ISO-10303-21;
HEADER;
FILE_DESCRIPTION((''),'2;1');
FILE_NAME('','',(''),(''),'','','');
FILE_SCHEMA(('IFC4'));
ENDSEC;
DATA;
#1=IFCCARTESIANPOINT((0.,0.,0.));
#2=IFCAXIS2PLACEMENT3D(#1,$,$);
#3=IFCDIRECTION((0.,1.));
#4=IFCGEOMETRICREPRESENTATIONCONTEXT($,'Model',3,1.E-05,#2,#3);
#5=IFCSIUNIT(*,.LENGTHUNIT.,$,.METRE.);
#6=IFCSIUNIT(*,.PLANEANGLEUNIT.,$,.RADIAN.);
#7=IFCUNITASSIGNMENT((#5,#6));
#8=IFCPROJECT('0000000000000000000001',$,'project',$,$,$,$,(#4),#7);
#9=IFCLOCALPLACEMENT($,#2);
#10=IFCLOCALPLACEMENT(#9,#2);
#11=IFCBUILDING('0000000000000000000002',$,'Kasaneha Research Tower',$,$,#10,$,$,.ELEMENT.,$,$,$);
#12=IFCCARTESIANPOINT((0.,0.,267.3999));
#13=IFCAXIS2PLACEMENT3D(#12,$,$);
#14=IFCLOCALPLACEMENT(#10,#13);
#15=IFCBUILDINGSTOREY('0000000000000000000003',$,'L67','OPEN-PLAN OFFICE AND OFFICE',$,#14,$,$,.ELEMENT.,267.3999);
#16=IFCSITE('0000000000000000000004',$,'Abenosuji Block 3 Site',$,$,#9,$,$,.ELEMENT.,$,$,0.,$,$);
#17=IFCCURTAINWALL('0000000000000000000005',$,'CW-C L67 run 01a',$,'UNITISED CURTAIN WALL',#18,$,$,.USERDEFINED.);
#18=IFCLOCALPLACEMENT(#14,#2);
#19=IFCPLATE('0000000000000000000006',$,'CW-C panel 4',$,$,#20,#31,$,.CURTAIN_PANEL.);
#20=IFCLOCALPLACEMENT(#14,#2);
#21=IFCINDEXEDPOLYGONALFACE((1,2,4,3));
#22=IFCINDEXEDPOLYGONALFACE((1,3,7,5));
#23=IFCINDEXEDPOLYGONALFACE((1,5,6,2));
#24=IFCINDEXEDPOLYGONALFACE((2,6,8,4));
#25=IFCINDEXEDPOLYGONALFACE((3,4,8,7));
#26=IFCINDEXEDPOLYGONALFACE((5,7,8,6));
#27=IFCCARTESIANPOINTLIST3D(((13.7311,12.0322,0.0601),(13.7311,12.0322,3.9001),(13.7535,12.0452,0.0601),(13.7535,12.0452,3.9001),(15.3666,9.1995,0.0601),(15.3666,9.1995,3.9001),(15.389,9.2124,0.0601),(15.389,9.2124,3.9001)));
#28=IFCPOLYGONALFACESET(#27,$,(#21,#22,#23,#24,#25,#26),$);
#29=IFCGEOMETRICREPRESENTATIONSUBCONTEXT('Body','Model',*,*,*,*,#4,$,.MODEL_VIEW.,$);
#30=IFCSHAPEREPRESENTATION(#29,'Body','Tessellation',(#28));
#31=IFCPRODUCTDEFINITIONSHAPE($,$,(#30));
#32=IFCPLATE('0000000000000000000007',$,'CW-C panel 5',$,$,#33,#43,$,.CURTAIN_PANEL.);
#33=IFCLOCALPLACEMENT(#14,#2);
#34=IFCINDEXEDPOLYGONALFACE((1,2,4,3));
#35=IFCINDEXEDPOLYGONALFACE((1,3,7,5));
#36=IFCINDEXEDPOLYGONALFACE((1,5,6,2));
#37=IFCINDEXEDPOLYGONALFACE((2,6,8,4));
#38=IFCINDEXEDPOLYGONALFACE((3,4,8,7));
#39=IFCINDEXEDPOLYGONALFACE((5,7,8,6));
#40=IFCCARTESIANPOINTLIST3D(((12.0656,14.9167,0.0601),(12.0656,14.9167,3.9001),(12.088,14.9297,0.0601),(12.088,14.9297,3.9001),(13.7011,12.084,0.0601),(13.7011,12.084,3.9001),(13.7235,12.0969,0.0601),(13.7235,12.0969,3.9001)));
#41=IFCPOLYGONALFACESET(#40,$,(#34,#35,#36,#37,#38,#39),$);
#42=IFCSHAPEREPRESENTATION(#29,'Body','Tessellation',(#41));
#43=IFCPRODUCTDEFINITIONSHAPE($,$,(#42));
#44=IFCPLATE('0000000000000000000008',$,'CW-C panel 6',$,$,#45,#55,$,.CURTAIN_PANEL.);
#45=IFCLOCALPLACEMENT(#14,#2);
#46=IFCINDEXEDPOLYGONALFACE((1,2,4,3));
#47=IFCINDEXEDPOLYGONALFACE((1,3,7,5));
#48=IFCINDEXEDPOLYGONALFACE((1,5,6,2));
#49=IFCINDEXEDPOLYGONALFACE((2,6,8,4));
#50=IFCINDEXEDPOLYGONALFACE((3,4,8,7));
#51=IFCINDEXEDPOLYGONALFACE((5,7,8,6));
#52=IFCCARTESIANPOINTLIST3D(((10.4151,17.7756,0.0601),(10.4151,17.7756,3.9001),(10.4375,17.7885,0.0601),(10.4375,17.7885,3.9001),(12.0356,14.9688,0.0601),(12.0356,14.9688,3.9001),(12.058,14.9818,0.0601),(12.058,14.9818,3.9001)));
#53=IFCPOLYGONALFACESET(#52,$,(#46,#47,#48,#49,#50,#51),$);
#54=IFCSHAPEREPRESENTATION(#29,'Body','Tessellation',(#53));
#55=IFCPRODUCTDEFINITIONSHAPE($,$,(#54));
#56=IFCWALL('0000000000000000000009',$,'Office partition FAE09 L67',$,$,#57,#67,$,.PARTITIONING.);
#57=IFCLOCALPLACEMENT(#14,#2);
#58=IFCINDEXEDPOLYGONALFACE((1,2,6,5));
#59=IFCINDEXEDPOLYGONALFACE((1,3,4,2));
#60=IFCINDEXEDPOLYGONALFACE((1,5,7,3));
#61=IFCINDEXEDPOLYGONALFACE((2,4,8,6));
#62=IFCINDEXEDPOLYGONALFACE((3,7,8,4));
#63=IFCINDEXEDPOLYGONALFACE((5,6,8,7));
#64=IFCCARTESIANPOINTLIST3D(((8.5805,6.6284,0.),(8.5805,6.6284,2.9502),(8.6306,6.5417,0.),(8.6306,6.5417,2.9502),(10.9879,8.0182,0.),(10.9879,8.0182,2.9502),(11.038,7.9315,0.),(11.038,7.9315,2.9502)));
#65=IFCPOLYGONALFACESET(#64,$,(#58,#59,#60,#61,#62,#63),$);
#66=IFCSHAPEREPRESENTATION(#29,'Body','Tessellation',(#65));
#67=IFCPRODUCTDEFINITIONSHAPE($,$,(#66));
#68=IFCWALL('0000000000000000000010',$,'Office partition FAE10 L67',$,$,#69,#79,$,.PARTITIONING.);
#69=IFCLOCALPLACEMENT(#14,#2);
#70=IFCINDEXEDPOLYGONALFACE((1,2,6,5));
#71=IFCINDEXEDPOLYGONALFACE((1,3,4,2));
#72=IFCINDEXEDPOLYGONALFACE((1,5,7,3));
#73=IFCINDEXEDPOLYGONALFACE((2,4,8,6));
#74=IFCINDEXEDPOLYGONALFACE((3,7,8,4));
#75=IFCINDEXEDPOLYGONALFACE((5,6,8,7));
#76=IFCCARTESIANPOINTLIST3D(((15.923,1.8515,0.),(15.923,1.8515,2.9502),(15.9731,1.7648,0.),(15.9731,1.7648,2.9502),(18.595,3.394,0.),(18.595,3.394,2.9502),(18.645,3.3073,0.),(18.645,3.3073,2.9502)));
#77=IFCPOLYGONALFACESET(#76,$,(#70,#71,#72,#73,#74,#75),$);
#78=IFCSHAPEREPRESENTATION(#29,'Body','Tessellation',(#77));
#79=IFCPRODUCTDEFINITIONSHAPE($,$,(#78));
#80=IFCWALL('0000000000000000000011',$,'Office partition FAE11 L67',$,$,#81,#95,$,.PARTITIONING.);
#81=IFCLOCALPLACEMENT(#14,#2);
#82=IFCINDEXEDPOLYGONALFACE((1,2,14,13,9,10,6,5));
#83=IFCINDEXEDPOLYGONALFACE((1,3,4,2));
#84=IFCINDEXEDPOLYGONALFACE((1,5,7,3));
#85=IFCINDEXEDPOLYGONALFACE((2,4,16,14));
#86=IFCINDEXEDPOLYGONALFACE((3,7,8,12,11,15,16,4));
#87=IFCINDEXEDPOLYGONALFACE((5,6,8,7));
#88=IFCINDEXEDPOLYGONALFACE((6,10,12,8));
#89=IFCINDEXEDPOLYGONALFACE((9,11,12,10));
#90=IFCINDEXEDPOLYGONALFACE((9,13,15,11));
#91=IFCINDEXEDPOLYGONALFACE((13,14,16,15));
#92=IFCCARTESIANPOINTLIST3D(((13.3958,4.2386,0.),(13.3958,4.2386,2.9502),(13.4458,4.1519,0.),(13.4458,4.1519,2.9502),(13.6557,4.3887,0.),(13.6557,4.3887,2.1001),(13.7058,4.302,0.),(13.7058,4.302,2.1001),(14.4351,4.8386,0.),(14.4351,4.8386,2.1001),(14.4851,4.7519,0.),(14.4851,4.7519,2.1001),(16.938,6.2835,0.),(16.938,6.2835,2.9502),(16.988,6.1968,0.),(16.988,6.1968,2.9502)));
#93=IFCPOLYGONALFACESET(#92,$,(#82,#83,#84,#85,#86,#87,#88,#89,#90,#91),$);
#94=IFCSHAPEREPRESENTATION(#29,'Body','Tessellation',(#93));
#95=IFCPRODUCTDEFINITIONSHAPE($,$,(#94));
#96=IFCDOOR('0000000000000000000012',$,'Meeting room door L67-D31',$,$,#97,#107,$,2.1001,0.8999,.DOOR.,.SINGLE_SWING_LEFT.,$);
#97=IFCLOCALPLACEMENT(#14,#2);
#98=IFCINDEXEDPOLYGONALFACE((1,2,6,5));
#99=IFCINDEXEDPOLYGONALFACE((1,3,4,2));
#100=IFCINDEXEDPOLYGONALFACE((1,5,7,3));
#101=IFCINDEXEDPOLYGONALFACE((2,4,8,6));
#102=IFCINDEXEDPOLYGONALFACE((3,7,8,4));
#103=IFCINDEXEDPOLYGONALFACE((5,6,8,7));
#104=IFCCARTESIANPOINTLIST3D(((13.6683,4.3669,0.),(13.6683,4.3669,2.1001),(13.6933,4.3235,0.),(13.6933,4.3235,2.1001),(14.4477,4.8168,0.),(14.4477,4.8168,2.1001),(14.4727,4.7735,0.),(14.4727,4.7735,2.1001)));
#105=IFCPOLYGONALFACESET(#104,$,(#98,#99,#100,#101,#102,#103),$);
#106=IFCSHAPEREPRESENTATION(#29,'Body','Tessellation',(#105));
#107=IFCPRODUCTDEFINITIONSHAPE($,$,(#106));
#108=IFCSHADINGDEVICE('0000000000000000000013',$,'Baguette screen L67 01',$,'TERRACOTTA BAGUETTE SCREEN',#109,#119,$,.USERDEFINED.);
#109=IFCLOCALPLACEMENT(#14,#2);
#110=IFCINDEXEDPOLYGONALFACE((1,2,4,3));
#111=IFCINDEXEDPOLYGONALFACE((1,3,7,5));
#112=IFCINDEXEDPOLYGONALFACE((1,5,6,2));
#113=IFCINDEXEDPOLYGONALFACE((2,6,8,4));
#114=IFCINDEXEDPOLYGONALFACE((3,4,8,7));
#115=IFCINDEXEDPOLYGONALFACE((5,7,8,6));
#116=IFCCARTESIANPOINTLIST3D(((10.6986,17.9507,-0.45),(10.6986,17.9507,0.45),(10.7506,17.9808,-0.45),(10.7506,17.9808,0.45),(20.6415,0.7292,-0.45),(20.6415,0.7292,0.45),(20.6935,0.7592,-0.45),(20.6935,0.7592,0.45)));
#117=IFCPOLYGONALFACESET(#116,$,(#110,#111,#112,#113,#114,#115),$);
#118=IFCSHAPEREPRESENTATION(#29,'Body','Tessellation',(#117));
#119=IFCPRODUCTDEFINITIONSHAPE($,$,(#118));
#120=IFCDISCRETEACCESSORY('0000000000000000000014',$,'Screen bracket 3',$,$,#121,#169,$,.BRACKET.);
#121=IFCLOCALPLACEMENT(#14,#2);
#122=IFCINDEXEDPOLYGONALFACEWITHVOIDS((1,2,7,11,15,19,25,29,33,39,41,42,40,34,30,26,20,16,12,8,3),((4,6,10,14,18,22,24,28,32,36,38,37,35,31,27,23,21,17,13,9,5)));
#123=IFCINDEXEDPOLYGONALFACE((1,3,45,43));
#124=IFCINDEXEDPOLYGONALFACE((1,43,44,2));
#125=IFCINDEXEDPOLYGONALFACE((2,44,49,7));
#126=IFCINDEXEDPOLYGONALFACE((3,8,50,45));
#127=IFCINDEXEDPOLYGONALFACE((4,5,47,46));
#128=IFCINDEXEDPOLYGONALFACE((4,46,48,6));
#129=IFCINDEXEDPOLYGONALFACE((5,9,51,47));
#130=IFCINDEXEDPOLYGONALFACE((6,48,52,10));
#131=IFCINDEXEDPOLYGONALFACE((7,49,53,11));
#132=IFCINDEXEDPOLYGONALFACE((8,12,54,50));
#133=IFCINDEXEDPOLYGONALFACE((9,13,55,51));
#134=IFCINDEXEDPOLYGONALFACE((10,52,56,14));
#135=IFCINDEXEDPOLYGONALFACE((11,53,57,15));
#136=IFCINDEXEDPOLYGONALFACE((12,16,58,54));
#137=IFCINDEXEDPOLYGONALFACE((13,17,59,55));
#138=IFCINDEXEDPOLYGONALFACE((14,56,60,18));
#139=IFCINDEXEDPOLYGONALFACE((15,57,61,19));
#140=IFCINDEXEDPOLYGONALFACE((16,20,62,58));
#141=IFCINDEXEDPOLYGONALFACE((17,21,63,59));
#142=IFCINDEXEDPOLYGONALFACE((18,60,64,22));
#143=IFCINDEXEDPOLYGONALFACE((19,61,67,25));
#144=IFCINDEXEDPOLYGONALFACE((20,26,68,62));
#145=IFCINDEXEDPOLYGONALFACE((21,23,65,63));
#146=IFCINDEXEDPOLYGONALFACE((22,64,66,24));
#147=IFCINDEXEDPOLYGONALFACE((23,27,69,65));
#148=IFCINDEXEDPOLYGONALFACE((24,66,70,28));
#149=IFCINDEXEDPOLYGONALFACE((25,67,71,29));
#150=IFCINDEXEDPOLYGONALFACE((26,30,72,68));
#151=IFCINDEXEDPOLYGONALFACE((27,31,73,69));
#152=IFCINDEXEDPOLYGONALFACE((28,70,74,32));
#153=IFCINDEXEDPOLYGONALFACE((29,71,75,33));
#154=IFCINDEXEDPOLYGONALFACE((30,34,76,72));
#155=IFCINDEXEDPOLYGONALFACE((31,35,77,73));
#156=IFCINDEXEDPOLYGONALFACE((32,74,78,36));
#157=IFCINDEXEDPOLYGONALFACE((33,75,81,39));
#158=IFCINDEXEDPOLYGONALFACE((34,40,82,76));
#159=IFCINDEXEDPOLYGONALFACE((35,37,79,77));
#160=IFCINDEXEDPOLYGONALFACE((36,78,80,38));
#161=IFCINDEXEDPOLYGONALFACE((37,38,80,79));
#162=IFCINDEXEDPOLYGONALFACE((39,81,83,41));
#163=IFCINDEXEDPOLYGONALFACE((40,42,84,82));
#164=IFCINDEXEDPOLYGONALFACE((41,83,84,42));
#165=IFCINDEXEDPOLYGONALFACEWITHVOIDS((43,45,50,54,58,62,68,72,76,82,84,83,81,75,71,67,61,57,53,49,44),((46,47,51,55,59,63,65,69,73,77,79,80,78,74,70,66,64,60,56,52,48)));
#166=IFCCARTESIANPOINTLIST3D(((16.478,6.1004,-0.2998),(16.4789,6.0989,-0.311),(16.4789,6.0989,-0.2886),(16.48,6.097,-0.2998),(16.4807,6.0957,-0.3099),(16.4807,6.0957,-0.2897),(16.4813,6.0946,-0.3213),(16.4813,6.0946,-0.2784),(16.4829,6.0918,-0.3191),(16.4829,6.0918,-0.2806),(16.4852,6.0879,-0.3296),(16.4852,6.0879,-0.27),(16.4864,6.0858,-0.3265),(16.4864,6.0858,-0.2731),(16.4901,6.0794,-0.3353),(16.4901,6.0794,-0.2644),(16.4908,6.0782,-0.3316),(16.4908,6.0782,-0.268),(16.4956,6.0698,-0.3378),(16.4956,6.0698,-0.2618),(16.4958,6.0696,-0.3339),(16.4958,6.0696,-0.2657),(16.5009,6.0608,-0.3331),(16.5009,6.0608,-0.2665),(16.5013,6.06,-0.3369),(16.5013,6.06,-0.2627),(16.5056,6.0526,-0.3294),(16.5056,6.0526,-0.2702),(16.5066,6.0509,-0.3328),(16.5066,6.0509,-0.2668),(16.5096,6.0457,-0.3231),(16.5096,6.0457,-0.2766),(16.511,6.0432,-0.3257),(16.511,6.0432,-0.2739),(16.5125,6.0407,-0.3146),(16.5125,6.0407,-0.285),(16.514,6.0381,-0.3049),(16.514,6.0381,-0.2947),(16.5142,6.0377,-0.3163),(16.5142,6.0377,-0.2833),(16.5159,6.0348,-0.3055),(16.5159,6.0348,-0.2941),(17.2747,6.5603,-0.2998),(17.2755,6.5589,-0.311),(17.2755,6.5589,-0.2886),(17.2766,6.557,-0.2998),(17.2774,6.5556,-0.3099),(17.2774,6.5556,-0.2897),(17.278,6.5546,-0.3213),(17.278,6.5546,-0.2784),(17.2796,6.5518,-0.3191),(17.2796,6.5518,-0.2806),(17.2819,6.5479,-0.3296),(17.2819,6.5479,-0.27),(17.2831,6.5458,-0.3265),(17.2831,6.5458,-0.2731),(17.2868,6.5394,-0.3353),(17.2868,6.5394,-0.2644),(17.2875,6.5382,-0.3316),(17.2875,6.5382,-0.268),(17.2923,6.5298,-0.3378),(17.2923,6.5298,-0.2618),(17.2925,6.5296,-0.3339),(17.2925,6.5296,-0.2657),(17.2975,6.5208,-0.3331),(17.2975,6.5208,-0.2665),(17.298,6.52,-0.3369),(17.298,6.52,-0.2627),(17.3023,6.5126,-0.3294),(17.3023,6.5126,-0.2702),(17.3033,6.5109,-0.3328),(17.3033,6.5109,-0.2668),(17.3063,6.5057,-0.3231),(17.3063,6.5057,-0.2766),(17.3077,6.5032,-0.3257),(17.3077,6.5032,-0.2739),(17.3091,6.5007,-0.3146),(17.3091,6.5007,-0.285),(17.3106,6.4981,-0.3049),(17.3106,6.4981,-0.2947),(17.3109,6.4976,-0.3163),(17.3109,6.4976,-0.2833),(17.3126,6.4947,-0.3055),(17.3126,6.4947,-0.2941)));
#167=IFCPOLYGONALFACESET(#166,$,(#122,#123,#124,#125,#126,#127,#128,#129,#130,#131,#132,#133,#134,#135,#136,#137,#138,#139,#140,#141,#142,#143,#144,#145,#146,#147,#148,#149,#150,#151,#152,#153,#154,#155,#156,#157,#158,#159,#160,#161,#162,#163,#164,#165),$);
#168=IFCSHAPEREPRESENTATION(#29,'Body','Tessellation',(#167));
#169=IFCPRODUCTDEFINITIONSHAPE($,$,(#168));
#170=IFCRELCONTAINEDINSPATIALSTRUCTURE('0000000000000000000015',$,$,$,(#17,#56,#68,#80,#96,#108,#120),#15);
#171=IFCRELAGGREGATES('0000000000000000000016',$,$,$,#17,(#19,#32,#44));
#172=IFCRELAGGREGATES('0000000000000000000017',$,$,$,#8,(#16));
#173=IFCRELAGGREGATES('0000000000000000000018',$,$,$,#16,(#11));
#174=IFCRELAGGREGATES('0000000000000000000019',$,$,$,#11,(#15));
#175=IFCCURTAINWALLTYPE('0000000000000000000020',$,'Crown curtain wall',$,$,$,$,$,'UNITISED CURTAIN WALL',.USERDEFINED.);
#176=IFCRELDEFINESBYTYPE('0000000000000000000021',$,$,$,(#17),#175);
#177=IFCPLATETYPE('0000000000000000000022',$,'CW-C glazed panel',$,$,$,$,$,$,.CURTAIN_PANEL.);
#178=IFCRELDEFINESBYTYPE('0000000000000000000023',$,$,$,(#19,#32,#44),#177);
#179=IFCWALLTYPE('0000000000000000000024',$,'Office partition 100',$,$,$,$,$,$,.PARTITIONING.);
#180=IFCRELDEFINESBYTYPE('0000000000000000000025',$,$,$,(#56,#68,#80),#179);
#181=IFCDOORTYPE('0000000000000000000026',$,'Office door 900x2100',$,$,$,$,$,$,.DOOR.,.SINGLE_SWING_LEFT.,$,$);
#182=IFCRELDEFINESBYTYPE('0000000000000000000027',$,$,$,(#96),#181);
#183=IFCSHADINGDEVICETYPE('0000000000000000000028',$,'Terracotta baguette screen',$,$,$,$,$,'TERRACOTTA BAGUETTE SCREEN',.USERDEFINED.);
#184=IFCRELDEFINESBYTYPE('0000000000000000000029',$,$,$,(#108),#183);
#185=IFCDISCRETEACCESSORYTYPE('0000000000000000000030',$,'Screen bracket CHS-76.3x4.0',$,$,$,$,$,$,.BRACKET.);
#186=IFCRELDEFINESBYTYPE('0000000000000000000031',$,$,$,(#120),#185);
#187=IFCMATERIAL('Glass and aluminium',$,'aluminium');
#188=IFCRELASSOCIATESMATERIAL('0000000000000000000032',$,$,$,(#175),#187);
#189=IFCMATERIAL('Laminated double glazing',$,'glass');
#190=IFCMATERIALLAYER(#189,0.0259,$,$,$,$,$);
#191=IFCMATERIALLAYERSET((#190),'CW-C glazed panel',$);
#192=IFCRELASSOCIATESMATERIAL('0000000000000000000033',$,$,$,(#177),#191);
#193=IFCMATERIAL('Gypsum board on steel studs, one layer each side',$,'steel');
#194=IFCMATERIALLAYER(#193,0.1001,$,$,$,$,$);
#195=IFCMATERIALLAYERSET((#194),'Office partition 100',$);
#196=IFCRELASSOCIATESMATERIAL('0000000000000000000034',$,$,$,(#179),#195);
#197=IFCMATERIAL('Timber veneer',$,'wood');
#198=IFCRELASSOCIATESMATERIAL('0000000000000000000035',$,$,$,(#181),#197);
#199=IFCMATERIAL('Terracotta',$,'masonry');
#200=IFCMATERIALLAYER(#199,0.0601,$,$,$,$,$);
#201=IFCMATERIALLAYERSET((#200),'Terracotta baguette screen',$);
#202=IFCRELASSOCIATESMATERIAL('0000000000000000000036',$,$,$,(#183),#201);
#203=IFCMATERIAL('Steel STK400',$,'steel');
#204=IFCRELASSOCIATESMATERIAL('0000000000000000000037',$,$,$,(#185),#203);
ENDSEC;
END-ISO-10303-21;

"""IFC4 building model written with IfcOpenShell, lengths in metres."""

from ifc_helpers import new_model, si_unit, direction, frame, frame_2d, origin, origin_2d, place, context, subcontext, project, spatial, rectangle, hollow_circle, extrude, material, layer, layer_set, material_profile, profile_set, type_object, element, fill, aggregate, save


model = new_model("IFC4")

# Units and contexts
model_context = context("Model", 3, precision=1e-05, world=origin(), true_north=direction((0.0, 1.0)))
body_context = subcontext(model_context, "Body", "Model", "MODEL_VIEW")
ifc_project = project(units=[si_unit("LENGTHUNIT", "METRE"), si_unit("PLANEANGLEUNIT", "RADIAN")], contexts=[model_context])

# Site, building, storey
site_placement = place(None, origin())
site = spatial("IfcSite", under=ifc_project, at=site_placement, Name="Abenosuji Block 3 Site", CompositionType="ELEMENT", RefElevation=0.0)
building_placement = place(site_placement, origin())
building = spatial("IfcBuilding", under=site, at=building_placement, Name="Kasaneha Research Tower", CompositionType="ELEMENT")
storey_placement = place(building_placement, frame((0.0, 0.0, 267.3999)))
storey = spatial("IfcBuildingStorey", under=building, at=storey_placement, Name="L67", Description="OPEN-PLAN OFFICE AND OFFICE", CompositionType="ELEMENT", Elevation=267.3999)

# Curtain wall, plates
ifc_material_1 = material(Name="Glass and aluminium", Category="aluminium")
curtain_wall_type = type_object("IfcCurtainWallType", Name="Crown curtain wall", ElementType="UNITISED CURTAIN WALL", PredefinedType="USERDEFINED", material=ifc_material_1)
curtain_wall_placement = place(storey_placement, origin())
curtain_wall = element("IfcCurtainWall", 1, at=curtain_wall_placement, inside=storey, type_object=curtain_wall_type, Name="CW-C L67 run 01a", ObjectType="UNITISED CURTAIN WALL", PredefinedType="USERDEFINED")
ifc_material_2 = material(Name="Laminated double glazing", Category="glass")
ifc_layer_1 = layer(ifc_material_2, 0.0259)
ifc_layer_set_1 = layer_set([ifc_layer_1], Name="CW-C glazed panel")
plate_type = type_object("IfcPlateType", Name="CW-C glazed panel", PredefinedType="CURTAIN_PANEL", material=ifc_layer_set_1)
plate_1_placement = place(storey_placement, frame((14.5601, 10.6223, 0.0601), z_axis=(0.0, 0.0, 1.0), x_axis=(-0.5, 0.866025, 0.0)))
plate_1 = element("IfcPlate", 2, at=plate_1_placement, type_object=plate_type, Name="CW-C panel 4", PredefinedType="CURTAIN_PANEL", context=body_context, shape_type="SweptSolid", body=[
    extrude(rectangle(XDim=3.271, YDim=0.0259, at=origin_2d()), origin(), (0.0, 0.0, 1.0), 3.8401),
])
plate_2_placement = place(storey_placement, frame((12.8945, 13.5068, 0.0601), z_axis=(0.0, 0.0, 1.0), x_axis=(-0.5, 0.866025, 0.0)))
plate_2 = element("IfcPlate", 3, at=plate_2_placement, type_object=plate_type, Name="CW-C panel 5", PredefinedType="CURTAIN_PANEL", context=body_context, shape_type="SweptSolid", body=[
    extrude(rectangle(XDim=3.271, YDim=0.0259, at=origin_2d()), origin(), (0.0, 0.0, 1.0), 3.8401),
])
plate_3_placement = place(storey_placement, frame((11.2366, 16.3787, 0.0601), z_axis=(0.0, 0.0, 1.0), x_axis=(-0.5, 0.866025, 0.0)))
plate_3 = element("IfcPlate", 4, at=plate_3_placement, type_object=plate_type, Name="CW-C panel 6", PredefinedType="CURTAIN_PANEL", context=body_context, shape_type="SweptSolid", body=[
    extrude(rectangle(XDim=3.241, YDim=0.0259, at=origin_2d()), origin(), (0.0, 0.0, 1.0), 3.8401),
])
aggregate(curtain_wall, [plate_1, plate_2, plate_3])

# Walls
ifc_material_3 = material(Name="Gypsum board on steel studs, one layer each side", Category="steel")
ifc_layer_2 = layer(ifc_material_3, 0.1001)
ifc_layer_set_2 = layer_set([ifc_layer_2], Name="Office partition 100")
wall_type = type_object("IfcWallType", Name="Office partition 100", PredefinedType="PARTITIONING", material=ifc_layer_set_2)
wall_1_placement = place(storey_placement, frame((11.0129, 7.9749, 0.0), z_axis=(0.0, 0.0, 1.0), x_axis=(-0.866035, -0.499983, 0.0)))
element("IfcWall", 5, at=wall_1_placement, inside=storey, type_object=wall_type, Name="Office partition FAE09 L67", PredefinedType="PARTITIONING", context=body_context, shape_type="SweptSolid", body=[
    extrude(rectangle(XDim=2.7798, YDim=0.1001, at=frame_2d((1.3899, 0.0))), origin(), (0.0, 0.0, 1.0), 2.9502),
])
wall_2_placement = place(storey_placement, frame((18.6199, 3.3506, 0.0), z_axis=(0.0, 0.0, 1.0), x_axis=(-0.866043, -0.499969, 0.0)))
element("IfcWall", 6, at=wall_2_placement, inside=storey, type_object=wall_type, Name="Office partition FAE10 L67", PredefinedType="PARTITIONING", context=body_context, shape_type="SweptSolid", body=[
    extrude(rectangle(XDim=3.0852, YDim=0.1001, at=frame_2d((1.5425, 0.0))), origin(), (0.0, 0.0, 1.0), 2.9502),
])

# Wall, opening, door
wall_3_placement = place(storey_placement, frame((13.4209, 4.1953, 0.0), z_axis=(0.0, 0.0, 1.0), x_axis=(0.866045, 0.499965, 0.0)))
wall_3 = element("IfcWall", 7, at=wall_3_placement, inside=storey, type_object=wall_type, Name="Office partition FAE11 L67", PredefinedType="PARTITIONING", context=body_context, shape_type="SweptSolid", body=[
    extrude(rectangle(XDim=4.0901, YDim=0.1001, at=frame_2d((2.0449, 0.0))), origin(), (0.0, 0.0, 1.0), 2.9502),
])
opening_placement = place(wall_3_placement, frame((0.3, 0.0, 0.0)))
opening = element("IfcOpeningElement", 8, at=opening_placement, cuts=wall_3, PredefinedType="OPENING", context=body_context, shape_type="SweptSolid", body=[
    extrude(rectangle(XDim=0.8999, YDim=2.1001, at=frame_2d((0.45, 1.05))), frame((0.0, 0.0601, 0.0), z_axis=(0.0, -1.0, 0.0), x_axis=(1.0, 0.0, 0.0)), (0.0, 0.0, 1.0), 0.1201),
])
ifc_material_4 = material(Name="Timber veneer", Category="wood")
door_type = type_object("IfcDoorType", Name="Office door 900x2100", OperationType="SINGLE_SWING_LEFT", PredefinedType="DOOR", material=ifc_material_4)
door_placement = place(opening_placement, origin())
door = element("IfcDoor", 9, at=door_placement, inside=storey, type_object=door_type, Name="Meeting room door L67-D31", OperationType="SINGLE_SWING_LEFT", OverallHeight=2.1001, OverallWidth=0.8999, PredefinedType="DOOR", context=body_context, shape_type="SweptSolid", body=[
    extrude(rectangle(XDim=0.8999, YDim=2.1001, at=frame_2d((0.45, 1.05))), frame((0.0, 0.0249, 0.0), z_axis=(0.0, -1.0, 0.0), x_axis=(1.0, 0.0, 0.0)), (0.0, 0.0, 1.0), 0.05),
])
fill(opening, door)

# Shading device
ifc_material_5 = material(Name="Terracotta", Category="masonry")
ifc_layer_3 = layer(ifc_material_5, 0.0601)
ifc_layer_set_3 = layer_set([ifc_layer_3], Name="Terracotta baguette screen")
shading_device_type = type_object("IfcShadingDeviceType", Name="Terracotta baguette screen", ElementType="TERRACOTTA BAGUETTE SCREEN", PredefinedType="USERDEFINED", material=ifc_layer_set_3)
shading_device_placement = place(storey_placement, frame((15.696, 9.355, -0.45), z_axis=(0.0, 0.0, 1.0), x_axis=(-0.5, 0.866025, 0.0)))
element("IfcShadingDevice", 10, at=shading_device_placement, inside=storey, type_object=shading_device_type, Name="Baguette screen L67 01", ObjectType="TERRACOTTA BAGUETTE SCREEN", PredefinedType="USERDEFINED", context=body_context, shape_type="SweptSolid", body=[
    extrude(rectangle(XDim=19.8857, YDim=0.0601, at=origin_2d()), origin(), (0.0, 0.0, 1.0), 0.8999),
])

# Discrete accessory
ifc_material_6 = material(Name="Steel STK400", Category="steel")
ifc_material_profile_1 = material_profile(ifc_material_6, hollow_circle(Radius=0.0381, WallThickness=0.0039, at=origin_2d()), Name="CHS-76.3x4.0")
ifc_profile_set_1 = profile_set([ifc_material_profile_1], Name="Steel STK400")
discrete_accessory_type = type_object("IfcDiscreteAccessoryType", Name="Screen bracket CHS-76.3x4.0", PredefinedType="BRACKET", material=ifc_profile_set_1)
for number, where, z_axis, x_axis, name in (
    (11, (16.4971, 6.0674, -0.2998), (0.866013, 0.500021, 0.0), (-0.500021, 0.866013, 0.0), "Screen bracket 3"),
):
    element("IfcDiscreteAccessory", number, at=place(storey_placement, frame(where, z_axis=z_axis, x_axis=x_axis)), inside=storey, type_object=discrete_accessory_type, Name=name, PredefinedType="BRACKET", context=body_context, shape_type="SweptSolid", body=[
        extrude(hollow_circle(Radius=0.0381, WallThickness=0.0039, at=origin_2d()), origin(), (0.0, 0.0, 1.0), 0.9199),
    ])

save(model, "model.ifc")
